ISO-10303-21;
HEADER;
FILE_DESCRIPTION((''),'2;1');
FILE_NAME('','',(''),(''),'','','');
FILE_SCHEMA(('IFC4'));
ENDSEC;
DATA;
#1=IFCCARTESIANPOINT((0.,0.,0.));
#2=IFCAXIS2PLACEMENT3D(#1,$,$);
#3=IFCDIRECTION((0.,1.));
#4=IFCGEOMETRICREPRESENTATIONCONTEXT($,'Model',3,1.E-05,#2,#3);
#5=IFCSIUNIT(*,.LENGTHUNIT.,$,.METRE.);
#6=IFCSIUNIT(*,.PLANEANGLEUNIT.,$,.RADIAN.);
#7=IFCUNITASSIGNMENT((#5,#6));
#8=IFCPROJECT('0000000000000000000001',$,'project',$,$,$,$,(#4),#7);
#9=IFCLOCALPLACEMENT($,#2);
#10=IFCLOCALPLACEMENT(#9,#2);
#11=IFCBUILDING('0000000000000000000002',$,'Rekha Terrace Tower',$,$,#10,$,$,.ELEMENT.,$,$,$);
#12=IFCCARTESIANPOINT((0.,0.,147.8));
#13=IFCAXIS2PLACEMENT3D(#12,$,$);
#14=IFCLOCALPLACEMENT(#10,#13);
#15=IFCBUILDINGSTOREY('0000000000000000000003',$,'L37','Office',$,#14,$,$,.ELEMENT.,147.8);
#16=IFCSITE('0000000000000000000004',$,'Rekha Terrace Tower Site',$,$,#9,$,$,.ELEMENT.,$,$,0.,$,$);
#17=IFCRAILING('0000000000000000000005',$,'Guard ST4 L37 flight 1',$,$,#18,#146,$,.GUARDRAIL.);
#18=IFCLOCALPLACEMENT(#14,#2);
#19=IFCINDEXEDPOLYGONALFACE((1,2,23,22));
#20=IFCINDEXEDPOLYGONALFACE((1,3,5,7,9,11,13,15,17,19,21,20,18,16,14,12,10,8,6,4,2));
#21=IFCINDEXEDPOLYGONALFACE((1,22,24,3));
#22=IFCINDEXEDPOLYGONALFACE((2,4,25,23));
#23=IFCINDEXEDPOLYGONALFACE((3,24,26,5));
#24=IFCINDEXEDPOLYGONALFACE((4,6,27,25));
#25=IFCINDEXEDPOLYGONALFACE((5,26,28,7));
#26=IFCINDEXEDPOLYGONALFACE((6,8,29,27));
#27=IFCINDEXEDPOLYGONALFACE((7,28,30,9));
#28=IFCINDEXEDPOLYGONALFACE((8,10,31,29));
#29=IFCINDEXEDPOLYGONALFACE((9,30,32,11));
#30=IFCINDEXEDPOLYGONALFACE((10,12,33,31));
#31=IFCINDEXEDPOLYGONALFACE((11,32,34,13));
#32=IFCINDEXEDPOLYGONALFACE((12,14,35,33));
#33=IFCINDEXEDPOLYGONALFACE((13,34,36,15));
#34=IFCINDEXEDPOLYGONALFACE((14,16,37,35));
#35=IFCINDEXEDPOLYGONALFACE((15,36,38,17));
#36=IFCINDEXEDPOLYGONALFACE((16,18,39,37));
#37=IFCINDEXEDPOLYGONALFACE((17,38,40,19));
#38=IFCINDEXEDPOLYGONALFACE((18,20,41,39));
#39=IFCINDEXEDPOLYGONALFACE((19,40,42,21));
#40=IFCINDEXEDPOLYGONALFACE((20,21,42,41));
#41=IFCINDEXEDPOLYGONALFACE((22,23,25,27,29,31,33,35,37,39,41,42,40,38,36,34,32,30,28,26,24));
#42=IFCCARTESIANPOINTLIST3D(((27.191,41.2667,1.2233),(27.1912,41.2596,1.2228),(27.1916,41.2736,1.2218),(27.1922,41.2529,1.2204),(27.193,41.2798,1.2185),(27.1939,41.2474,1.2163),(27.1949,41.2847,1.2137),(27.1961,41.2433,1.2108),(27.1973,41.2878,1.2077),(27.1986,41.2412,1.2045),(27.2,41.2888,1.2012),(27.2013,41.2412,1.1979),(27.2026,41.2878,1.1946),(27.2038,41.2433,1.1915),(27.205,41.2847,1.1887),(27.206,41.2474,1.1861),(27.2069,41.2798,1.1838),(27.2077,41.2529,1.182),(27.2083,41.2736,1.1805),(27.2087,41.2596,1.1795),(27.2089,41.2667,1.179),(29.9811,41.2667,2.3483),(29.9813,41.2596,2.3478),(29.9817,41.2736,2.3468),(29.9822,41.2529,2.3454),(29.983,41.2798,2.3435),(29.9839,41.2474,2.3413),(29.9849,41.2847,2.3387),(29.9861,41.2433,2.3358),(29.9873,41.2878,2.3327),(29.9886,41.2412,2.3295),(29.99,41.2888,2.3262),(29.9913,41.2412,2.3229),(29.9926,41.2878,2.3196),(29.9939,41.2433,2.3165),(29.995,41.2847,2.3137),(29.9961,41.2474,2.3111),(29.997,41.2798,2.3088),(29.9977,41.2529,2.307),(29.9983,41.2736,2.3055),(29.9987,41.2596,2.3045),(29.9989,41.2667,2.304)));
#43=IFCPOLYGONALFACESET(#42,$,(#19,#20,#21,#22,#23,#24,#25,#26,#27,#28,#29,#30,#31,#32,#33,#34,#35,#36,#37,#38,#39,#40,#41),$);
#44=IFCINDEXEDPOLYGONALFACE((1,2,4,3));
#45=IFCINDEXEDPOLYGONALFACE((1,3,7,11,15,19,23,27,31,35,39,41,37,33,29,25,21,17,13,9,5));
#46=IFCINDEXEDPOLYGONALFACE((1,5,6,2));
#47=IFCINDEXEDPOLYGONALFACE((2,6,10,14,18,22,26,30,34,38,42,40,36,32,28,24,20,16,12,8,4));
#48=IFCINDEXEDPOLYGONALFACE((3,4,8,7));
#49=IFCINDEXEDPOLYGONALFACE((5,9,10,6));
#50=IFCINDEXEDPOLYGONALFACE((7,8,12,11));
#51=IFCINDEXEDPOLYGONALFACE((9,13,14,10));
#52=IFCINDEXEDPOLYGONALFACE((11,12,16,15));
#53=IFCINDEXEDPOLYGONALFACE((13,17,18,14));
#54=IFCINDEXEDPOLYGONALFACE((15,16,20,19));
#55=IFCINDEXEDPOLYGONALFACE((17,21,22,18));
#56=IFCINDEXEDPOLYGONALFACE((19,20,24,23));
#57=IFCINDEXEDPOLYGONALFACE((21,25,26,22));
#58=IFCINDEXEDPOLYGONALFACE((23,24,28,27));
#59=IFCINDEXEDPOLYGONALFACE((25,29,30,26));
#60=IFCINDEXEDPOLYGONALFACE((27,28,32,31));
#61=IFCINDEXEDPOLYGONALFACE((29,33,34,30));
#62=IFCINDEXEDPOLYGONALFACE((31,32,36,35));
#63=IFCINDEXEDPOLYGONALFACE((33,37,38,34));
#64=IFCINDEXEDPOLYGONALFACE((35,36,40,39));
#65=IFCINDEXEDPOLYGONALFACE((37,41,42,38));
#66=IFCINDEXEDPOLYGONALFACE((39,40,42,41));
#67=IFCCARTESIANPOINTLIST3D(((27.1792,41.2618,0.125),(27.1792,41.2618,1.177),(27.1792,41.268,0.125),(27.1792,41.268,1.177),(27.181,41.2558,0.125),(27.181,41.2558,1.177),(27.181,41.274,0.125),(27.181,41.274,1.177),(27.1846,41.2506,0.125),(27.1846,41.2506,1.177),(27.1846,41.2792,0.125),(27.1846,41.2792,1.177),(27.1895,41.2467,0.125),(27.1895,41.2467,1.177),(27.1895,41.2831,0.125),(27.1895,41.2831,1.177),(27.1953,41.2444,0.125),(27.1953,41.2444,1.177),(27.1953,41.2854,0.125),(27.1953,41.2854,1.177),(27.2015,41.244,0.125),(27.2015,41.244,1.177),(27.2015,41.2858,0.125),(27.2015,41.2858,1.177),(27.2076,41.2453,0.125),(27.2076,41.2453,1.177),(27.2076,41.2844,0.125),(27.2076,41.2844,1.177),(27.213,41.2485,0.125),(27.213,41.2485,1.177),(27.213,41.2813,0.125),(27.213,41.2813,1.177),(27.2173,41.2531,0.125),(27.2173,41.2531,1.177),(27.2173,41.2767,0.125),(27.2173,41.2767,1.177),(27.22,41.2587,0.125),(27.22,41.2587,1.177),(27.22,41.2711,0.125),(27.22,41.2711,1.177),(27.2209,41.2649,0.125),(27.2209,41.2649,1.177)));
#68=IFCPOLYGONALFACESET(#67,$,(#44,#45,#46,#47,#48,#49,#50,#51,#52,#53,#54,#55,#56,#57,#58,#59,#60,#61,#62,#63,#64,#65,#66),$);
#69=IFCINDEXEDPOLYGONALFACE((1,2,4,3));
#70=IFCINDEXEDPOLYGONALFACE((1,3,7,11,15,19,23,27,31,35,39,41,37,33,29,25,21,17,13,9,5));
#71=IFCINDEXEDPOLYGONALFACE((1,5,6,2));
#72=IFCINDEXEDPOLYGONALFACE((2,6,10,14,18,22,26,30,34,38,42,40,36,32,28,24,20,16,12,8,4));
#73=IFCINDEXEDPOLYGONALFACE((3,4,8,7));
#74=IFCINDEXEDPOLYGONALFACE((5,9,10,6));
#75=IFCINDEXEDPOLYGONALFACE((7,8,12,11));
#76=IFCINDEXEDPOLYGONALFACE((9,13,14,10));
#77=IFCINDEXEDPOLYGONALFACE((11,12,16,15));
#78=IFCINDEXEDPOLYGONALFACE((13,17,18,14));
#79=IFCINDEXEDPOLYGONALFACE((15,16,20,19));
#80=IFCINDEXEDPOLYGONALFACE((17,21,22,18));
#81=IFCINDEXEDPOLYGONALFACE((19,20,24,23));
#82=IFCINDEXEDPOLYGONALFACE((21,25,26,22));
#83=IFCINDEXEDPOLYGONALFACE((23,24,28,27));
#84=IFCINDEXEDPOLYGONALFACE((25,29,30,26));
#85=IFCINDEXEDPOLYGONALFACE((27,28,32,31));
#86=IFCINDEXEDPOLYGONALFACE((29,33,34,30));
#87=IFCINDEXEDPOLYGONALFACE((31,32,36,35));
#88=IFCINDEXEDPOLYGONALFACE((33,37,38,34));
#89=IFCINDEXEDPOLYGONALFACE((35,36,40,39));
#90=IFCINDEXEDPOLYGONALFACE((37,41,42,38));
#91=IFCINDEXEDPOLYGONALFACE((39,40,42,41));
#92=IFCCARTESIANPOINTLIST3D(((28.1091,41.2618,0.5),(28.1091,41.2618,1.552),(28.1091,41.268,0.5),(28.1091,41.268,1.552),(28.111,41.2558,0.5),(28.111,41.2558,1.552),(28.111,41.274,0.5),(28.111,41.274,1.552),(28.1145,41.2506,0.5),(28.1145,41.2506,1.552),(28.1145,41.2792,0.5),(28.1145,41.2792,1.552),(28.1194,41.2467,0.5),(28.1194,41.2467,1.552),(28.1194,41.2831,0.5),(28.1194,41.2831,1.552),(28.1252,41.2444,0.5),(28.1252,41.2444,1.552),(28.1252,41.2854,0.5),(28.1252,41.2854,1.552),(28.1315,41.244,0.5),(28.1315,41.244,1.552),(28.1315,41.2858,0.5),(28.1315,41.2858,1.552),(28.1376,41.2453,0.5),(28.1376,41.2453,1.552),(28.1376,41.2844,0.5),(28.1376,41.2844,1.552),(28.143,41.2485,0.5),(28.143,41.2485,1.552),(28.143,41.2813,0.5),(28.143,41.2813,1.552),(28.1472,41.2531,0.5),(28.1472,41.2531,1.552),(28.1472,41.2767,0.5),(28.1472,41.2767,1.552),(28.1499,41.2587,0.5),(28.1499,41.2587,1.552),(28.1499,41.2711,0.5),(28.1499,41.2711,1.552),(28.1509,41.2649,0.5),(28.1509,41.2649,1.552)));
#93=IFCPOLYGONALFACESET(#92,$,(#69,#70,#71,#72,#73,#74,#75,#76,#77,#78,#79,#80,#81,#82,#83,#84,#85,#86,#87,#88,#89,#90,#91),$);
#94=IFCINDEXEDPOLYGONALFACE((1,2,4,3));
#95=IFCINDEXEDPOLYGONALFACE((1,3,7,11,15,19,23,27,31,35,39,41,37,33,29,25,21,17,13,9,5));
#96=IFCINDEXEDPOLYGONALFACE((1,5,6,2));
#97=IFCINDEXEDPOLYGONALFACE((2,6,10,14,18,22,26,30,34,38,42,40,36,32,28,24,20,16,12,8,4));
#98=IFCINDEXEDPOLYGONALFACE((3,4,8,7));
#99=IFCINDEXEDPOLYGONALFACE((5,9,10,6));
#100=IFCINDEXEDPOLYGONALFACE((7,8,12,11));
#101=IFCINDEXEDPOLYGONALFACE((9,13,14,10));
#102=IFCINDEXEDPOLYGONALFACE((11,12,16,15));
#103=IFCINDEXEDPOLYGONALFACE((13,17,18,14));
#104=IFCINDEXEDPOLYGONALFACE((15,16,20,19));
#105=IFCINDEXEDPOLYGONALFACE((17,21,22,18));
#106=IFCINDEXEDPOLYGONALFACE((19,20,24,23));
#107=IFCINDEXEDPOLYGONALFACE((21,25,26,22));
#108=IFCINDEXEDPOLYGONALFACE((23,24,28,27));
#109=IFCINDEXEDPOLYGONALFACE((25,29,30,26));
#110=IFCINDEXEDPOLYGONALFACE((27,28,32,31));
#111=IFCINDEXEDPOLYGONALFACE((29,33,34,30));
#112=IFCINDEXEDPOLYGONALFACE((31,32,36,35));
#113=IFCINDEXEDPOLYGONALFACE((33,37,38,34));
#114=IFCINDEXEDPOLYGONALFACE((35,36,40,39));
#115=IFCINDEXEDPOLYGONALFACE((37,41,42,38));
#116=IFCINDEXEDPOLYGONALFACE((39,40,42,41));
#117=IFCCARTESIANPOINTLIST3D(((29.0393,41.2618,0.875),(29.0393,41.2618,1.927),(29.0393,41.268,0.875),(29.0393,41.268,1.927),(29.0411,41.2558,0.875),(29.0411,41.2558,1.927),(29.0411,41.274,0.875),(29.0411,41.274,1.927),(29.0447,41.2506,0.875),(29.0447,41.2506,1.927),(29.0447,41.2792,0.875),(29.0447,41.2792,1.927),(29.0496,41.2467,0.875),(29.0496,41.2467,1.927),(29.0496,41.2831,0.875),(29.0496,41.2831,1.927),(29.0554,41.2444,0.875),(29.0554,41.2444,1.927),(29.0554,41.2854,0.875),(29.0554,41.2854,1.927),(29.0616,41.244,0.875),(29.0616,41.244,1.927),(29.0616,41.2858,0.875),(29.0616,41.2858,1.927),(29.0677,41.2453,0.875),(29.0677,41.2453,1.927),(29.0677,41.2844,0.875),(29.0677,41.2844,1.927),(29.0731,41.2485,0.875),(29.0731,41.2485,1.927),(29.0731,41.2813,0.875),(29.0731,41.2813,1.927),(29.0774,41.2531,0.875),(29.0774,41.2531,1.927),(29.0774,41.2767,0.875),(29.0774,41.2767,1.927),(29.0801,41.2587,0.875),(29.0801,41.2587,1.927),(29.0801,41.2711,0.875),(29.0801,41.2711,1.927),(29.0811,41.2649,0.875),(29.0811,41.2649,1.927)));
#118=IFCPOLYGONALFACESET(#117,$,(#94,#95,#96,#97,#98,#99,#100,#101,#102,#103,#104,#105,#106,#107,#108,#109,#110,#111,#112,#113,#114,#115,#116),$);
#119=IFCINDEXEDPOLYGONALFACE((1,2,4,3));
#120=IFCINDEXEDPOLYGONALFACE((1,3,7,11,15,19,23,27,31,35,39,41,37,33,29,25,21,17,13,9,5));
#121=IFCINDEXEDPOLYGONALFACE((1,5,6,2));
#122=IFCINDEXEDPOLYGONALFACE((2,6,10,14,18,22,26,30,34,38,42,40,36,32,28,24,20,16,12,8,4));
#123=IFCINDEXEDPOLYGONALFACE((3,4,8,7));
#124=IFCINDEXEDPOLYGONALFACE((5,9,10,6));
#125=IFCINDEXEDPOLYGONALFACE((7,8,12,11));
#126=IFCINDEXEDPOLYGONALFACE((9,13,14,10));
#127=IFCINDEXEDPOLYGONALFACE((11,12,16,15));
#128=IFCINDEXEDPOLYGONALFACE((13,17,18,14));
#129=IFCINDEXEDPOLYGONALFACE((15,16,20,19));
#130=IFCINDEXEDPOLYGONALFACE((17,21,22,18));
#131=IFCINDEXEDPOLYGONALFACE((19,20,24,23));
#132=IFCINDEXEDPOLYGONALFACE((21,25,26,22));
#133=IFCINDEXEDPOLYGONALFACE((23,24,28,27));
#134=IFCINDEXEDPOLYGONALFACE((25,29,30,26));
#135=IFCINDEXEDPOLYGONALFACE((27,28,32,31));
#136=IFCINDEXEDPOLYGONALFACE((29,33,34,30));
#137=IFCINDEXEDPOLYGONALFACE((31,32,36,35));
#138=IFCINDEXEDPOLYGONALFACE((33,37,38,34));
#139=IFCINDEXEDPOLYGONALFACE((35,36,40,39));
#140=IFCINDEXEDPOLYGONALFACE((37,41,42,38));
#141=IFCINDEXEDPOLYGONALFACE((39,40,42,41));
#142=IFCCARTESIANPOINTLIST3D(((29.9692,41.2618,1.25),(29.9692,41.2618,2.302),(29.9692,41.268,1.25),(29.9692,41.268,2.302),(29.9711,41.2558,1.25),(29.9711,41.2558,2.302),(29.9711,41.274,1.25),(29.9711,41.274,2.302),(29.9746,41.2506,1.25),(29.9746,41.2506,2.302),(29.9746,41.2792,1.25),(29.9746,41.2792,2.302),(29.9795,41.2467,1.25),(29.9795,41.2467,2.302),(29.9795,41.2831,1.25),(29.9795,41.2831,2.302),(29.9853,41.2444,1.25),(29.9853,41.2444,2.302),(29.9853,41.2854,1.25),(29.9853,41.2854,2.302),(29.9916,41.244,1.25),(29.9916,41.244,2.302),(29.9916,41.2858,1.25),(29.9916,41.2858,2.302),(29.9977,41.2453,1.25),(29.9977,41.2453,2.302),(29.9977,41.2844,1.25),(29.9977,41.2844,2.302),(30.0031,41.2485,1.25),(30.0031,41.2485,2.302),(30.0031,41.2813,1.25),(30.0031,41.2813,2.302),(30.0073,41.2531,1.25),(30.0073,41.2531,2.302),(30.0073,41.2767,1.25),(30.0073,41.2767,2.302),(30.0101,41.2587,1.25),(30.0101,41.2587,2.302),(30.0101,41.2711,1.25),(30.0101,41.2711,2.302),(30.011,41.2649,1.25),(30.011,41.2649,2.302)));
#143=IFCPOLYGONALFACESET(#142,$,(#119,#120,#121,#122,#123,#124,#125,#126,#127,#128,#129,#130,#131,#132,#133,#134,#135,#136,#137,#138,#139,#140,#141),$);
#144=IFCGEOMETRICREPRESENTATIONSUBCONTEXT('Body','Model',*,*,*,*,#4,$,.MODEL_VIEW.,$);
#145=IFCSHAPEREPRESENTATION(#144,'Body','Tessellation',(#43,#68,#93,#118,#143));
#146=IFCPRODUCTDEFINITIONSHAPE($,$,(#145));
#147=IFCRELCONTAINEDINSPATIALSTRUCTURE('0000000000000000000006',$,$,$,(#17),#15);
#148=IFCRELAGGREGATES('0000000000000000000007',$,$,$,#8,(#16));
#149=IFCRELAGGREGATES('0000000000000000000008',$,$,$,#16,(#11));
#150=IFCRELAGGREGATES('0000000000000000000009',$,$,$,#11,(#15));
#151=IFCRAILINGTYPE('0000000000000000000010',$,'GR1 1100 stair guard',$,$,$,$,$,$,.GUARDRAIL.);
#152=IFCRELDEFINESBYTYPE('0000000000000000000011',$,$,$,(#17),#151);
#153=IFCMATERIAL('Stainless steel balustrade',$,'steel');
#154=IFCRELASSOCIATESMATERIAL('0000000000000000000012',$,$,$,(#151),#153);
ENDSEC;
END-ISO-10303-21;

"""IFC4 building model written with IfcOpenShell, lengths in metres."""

from ifc_helpers import new_model, si_unit, direction, frame, origin, origin_2d, place, context, subcontext, project, spatial, circle, extrude, material, type_object, element, save


model = new_model("IFC4")

# Units and contexts
model_context = context("Model", 3, precision=1e-05, world=origin(), true_north=direction((0.0, 1.0)))
body_context = subcontext(model_context, "Body", "Model", "MODEL_VIEW")
ifc_project = project(units=[si_unit("LENGTHUNIT", "METRE"), si_unit("PLANEANGLEUNIT", "RADIAN")], contexts=[model_context])

# Site, building, storey
site_placement = place(None, origin())
site = spatial("IfcSite", under=ifc_project, at=site_placement, Name="Rekha Terrace Tower Site", CompositionType="ELEMENT", RefElevation=0.0)
building_placement = place(site_placement, origin())
building = spatial("IfcBuilding", under=site, at=building_placement, Name="Rekha Terrace Tower", CompositionType="ELEMENT")
storey_placement = place(building_placement, frame((0.0, 0.0, 147.8)))
storey = spatial("IfcBuildingStorey", under=building, at=storey_placement, Name="L37", Description="Office", CompositionType="ELEMENT", Elevation=147.8)

# Railing
ifc_material_1 = material(Name="Stainless steel balustrade", Category="steel")
railing_type_1 = type_object("IfcRailingType", Name="GR1 1100 stair guard", PredefinedType="GUARDRAIL", material=ifc_material_1)
railing_1_placement = place(storey_placement, frame((27.2, 41.2649, 0.125)))
element("IfcRailing", 1, at=railing_1_placement, inside=storey, type_object=railing_type_1, Name="Guard ST4 L37 flight 1", PredefinedType="GUARDRAIL", context=body_context, shape_type="SweptSolid", body=[
    extrude(circle(Radius=0.0239, at=origin_2d()), frame((0.0, 0.0, 1.0762), z_axis=(0.927443, 0.0, 0.373964), x_axis=(0.0, 1.0, 0.0)), (0.0, 0.0, 1.0), 3.0083),
    extrude(circle(Radius=0.021, at=origin_2d()), origin(), (0.0, 0.0, 1.0), 1.052),
    extrude(circle(Radius=0.021, at=origin_2d()), frame((0.9299, 0.0, 0.375)), (0.0, 0.0, 1.0), 1.052),
    extrude(circle(Radius=0.021, at=origin_2d()), frame((1.8601, 0.0, 0.75)), (0.0, 0.0, 1.0), 1.052),
    extrude(circle(Radius=0.021, at=origin_2d()), frame((2.79, 0.0, 1.125)), (0.0, 0.0, 1.0), 1.052),
])

save(model, "model.ifc")
